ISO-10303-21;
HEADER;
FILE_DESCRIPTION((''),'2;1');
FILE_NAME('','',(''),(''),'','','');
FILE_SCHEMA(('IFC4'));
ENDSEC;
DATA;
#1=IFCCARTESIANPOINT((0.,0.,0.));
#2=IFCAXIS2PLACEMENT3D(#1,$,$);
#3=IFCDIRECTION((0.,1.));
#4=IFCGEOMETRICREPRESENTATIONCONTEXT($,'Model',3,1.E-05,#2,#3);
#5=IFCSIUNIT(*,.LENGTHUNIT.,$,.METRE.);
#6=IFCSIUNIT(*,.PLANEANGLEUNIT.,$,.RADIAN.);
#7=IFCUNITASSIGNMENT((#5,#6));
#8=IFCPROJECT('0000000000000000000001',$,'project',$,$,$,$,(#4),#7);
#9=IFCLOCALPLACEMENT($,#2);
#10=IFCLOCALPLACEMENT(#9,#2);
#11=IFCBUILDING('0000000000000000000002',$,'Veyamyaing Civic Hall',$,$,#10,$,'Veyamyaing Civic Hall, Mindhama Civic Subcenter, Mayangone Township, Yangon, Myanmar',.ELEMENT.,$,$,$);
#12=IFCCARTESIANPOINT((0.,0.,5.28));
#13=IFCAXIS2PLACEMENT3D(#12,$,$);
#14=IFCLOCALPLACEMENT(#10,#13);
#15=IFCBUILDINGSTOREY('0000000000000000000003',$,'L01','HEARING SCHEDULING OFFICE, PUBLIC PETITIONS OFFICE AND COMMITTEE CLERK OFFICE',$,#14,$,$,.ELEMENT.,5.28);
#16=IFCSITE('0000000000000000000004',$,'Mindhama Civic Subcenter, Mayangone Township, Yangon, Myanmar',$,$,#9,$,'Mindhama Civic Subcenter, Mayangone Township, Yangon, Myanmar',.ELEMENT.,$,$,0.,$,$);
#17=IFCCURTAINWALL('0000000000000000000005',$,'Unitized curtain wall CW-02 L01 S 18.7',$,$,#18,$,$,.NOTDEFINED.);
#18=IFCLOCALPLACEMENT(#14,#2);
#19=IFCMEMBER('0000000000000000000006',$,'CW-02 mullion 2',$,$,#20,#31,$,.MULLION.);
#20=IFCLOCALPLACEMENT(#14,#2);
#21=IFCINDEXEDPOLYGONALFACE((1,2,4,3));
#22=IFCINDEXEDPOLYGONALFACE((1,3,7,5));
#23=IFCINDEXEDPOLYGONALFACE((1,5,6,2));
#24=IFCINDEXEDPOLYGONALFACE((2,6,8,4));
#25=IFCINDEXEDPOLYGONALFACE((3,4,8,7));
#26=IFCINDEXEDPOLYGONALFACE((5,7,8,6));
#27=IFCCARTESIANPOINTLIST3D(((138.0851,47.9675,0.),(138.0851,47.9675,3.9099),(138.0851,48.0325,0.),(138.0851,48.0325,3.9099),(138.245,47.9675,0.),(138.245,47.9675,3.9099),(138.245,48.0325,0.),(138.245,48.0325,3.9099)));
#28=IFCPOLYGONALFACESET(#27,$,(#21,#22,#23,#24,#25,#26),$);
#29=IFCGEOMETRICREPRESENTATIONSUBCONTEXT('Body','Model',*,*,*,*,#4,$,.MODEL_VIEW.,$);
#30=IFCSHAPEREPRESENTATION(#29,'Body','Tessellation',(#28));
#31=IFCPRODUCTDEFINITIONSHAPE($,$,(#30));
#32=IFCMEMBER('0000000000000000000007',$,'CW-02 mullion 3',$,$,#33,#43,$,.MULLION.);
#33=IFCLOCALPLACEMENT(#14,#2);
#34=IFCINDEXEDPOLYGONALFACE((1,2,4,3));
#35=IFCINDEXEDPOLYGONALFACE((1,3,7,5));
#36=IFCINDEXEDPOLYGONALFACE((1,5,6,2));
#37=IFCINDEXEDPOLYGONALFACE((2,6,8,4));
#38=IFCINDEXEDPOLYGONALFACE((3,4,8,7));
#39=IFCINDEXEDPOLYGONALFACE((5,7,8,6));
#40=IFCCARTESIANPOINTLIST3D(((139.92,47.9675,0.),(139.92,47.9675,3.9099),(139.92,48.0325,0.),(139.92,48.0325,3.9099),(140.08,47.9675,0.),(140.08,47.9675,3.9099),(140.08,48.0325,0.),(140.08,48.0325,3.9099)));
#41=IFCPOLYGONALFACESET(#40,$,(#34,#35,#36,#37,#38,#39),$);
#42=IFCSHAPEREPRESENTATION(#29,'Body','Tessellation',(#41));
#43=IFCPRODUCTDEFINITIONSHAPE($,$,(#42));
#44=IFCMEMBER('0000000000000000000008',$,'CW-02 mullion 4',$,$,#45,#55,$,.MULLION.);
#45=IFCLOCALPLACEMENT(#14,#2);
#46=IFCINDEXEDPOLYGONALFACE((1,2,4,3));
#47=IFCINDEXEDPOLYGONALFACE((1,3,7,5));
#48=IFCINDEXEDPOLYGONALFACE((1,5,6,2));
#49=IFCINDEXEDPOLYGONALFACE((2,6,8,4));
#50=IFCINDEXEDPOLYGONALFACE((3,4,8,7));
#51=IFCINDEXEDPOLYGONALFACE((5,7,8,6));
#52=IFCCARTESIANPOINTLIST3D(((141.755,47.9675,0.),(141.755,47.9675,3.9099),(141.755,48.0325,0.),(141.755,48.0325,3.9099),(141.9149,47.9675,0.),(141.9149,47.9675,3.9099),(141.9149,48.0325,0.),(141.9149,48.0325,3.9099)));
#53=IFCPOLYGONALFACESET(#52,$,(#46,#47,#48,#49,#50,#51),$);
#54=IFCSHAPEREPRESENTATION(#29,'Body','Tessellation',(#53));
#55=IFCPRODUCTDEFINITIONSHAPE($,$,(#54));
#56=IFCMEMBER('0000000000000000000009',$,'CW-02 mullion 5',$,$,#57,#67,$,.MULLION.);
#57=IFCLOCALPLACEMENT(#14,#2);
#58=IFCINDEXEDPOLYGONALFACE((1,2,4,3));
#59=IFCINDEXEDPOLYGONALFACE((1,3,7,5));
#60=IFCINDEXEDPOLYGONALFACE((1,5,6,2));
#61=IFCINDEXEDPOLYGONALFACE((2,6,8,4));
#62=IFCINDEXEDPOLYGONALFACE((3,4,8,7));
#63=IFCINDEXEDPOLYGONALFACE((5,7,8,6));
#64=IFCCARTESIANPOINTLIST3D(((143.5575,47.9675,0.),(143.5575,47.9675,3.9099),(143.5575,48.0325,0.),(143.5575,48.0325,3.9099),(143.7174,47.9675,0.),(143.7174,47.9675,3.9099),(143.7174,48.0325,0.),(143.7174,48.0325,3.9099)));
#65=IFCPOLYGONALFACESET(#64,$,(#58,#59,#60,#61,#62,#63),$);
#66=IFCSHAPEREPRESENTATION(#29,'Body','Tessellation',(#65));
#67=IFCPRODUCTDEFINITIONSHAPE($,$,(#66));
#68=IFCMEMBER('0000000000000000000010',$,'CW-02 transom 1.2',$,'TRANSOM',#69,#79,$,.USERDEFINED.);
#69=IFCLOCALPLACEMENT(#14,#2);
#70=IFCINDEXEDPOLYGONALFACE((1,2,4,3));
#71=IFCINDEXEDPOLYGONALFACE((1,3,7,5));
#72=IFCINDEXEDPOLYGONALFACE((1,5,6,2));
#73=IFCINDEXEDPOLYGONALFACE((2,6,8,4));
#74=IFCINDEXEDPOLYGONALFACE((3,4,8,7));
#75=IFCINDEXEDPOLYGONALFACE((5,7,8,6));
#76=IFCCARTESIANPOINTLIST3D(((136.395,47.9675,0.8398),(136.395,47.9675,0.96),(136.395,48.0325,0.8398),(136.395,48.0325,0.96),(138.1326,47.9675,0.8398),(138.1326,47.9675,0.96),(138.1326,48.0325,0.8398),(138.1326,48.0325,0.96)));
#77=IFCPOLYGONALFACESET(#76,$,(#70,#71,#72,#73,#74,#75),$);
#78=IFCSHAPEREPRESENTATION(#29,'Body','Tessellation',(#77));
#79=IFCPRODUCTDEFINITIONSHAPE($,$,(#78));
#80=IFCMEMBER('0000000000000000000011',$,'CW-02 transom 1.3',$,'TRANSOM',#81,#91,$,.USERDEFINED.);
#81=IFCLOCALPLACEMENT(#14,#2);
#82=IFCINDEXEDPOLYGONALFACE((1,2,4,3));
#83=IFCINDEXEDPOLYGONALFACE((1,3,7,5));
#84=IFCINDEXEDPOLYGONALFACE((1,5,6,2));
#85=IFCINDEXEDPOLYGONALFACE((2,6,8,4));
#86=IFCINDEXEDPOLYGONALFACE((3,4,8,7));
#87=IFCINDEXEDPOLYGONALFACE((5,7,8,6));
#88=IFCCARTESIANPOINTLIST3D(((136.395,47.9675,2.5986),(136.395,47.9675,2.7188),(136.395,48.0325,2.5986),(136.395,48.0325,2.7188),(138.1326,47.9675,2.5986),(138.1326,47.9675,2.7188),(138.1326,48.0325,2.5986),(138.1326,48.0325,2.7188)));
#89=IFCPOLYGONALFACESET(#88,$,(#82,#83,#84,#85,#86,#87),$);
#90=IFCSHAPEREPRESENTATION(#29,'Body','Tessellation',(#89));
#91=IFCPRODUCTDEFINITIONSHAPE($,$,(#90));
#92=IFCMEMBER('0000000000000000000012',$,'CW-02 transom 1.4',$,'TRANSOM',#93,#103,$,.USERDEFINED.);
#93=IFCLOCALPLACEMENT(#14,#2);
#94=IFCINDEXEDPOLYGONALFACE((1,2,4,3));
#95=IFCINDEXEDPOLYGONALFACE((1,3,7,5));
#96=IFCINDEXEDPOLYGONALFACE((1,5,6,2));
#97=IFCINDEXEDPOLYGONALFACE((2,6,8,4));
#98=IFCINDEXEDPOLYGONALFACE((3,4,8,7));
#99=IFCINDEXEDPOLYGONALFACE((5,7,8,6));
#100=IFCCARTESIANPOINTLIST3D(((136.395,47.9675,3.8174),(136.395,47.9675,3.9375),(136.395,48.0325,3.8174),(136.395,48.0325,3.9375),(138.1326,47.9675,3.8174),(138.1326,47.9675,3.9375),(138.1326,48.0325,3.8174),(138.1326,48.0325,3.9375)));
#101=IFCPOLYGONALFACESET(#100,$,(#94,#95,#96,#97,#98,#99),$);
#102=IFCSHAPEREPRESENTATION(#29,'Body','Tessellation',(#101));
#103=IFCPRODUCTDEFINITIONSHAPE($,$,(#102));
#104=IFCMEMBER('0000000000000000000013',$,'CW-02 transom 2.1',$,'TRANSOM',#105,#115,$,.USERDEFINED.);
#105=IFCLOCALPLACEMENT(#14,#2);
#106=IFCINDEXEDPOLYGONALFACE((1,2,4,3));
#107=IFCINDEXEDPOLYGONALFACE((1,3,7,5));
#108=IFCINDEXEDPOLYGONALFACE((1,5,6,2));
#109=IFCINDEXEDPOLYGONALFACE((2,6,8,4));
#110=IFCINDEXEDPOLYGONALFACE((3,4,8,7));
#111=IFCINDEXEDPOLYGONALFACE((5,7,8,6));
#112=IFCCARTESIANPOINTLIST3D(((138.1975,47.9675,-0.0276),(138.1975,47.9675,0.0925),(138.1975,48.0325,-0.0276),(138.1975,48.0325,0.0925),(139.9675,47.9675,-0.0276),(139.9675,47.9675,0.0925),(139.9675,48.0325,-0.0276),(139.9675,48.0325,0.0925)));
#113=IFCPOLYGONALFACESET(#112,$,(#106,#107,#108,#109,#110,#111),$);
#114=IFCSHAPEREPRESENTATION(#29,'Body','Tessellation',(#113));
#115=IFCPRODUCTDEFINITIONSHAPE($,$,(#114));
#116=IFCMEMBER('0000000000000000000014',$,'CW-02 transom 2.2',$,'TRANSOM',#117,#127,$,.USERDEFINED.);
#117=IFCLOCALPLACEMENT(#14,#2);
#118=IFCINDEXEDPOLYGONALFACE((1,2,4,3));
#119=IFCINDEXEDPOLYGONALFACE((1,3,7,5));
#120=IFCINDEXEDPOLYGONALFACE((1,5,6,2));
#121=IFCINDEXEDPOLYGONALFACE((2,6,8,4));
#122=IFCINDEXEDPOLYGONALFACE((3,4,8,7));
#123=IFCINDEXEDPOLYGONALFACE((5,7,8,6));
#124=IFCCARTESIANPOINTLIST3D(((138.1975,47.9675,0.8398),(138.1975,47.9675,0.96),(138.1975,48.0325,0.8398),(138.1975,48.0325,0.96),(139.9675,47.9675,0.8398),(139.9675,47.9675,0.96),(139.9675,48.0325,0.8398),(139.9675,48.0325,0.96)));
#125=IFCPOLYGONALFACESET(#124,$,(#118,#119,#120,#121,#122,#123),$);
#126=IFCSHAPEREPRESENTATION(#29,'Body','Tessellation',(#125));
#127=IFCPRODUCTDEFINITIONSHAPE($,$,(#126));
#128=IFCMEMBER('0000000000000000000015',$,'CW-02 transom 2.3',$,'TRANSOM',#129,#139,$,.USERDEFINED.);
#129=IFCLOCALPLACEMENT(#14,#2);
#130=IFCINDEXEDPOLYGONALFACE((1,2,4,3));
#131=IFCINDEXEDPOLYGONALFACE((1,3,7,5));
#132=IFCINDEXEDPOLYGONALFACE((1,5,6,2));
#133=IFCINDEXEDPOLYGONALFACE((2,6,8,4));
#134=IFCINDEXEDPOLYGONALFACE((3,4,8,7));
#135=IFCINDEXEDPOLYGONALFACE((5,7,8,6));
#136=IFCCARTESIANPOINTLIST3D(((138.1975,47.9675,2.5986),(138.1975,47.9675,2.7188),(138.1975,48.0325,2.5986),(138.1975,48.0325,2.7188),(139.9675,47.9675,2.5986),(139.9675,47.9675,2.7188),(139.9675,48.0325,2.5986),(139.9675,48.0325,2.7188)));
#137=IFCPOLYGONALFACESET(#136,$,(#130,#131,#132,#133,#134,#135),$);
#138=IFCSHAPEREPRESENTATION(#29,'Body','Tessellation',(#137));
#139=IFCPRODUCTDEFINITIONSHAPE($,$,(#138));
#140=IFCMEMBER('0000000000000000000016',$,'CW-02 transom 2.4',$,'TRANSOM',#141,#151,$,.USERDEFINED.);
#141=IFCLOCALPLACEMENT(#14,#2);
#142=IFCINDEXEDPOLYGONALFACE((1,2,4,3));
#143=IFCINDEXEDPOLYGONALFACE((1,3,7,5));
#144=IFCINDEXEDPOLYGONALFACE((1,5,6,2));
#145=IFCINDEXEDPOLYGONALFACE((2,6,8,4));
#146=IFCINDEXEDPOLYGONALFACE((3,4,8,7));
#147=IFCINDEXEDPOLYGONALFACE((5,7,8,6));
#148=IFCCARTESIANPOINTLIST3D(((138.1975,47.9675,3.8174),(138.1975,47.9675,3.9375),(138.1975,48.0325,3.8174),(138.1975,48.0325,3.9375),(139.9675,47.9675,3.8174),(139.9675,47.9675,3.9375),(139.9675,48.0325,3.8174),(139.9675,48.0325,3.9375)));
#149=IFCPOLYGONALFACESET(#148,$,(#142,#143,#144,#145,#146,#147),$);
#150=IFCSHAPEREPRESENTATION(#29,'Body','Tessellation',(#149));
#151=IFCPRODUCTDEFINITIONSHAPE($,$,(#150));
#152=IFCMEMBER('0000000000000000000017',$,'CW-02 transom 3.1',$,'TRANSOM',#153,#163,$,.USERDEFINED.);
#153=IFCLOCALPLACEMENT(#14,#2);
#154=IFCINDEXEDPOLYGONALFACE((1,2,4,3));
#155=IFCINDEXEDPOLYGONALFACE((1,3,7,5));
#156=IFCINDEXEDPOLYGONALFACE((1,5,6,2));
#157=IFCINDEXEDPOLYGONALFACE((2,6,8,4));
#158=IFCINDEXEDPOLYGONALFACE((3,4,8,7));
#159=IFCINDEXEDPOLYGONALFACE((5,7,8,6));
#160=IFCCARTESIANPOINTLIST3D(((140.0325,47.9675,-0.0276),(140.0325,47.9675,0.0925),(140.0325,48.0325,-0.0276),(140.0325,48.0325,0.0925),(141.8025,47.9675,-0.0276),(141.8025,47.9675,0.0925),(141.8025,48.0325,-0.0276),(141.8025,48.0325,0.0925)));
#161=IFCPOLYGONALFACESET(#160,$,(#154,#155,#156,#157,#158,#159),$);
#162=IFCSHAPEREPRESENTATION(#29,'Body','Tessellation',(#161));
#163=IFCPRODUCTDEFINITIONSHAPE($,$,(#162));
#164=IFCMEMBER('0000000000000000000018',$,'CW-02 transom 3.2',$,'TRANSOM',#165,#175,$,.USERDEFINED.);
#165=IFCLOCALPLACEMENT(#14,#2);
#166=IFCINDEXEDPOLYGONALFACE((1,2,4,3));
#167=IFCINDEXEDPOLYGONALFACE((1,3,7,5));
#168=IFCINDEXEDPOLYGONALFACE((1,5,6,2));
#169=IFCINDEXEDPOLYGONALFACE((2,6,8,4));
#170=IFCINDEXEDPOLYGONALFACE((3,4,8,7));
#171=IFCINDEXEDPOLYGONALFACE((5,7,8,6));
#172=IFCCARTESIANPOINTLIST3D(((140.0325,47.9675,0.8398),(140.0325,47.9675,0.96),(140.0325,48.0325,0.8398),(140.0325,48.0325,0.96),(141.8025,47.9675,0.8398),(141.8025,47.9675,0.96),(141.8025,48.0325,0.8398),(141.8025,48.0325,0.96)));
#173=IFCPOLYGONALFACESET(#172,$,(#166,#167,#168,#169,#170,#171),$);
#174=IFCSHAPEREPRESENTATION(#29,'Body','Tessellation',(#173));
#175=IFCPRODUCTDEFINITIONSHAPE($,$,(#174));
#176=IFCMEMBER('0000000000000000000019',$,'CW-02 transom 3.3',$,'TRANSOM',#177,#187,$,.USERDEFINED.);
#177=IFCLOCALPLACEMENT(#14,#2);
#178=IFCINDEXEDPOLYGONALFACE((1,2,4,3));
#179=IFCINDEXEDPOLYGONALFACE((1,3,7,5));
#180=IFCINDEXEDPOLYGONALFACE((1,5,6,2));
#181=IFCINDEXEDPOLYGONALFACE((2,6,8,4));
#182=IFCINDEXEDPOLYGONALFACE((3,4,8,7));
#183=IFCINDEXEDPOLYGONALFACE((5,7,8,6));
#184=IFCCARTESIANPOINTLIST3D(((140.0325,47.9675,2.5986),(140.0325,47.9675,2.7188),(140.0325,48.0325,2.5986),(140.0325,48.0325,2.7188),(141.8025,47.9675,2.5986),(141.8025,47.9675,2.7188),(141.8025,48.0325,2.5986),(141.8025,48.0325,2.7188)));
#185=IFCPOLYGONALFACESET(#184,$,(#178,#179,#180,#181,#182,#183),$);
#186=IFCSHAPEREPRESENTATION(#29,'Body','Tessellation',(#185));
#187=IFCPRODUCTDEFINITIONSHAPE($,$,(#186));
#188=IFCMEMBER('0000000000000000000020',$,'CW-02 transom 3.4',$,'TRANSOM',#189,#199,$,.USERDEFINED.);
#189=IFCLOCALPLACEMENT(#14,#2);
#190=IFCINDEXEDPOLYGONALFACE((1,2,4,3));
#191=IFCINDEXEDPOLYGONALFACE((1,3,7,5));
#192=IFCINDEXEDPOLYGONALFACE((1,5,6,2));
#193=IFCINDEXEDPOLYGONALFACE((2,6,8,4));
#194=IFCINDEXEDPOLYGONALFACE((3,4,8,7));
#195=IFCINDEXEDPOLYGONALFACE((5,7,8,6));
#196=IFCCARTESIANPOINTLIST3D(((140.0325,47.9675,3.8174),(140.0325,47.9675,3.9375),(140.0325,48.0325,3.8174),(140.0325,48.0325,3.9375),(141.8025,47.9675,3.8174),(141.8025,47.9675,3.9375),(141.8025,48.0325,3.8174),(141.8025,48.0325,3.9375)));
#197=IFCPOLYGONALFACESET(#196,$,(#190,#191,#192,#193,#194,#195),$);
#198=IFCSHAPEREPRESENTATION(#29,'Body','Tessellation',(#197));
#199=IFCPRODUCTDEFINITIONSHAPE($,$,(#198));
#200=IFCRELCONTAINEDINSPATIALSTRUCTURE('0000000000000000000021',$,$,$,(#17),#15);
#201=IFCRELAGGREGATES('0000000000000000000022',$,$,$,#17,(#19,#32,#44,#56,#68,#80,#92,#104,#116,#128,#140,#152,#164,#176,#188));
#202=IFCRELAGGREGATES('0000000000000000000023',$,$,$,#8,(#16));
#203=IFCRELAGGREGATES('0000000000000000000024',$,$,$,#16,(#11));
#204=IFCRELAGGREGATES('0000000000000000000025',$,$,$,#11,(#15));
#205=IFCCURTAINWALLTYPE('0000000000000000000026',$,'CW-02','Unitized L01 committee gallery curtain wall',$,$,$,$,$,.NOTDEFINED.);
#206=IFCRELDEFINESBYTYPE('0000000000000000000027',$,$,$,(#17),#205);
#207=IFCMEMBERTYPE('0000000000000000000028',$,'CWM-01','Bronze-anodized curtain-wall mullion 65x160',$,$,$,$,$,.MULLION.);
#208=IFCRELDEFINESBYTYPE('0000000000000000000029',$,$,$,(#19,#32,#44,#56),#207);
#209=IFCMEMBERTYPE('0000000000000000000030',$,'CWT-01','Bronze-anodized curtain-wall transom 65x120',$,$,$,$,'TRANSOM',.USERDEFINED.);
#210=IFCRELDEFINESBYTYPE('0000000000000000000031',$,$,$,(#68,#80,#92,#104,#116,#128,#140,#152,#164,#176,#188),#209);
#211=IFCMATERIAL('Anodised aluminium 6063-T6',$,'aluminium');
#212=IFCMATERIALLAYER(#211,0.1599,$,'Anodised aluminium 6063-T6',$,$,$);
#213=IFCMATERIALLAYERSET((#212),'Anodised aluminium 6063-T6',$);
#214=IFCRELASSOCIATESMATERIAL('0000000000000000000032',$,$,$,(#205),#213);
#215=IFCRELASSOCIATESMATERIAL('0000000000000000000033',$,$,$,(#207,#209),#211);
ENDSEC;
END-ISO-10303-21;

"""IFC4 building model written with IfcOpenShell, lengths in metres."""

from ifc_helpers import new_model, si_unit, direction, frame, origin, origin_2d, place, context, subcontext, project, spatial, rectangle, extrude, material, layer, layer_set, material_profile, profile_set, type_object, element, aggregate, save


model = new_model("IFC4")

# Units and contexts
model_context = context("Model", 3, precision=1e-05, world=origin(), true_north=direction((0.0, 1.0)))
body_context = subcontext(model_context, "Body", "Model", "MODEL_VIEW")
ifc_project = project(units=[si_unit("LENGTHUNIT", "METRE"), si_unit("PLANEANGLEUNIT", "RADIAN")], contexts=[model_context])

# Site, building, storey
site_placement = place(None, origin())
site = spatial("IfcSite", under=ifc_project, at=site_placement, Name="Mindhama Civic Subcenter, Mayangone Township, Yangon, Myanmar", LongName="Mindhama Civic Subcenter, Mayangone Township, Yangon, Myanmar", CompositionType="ELEMENT", RefElevation=0.0)
building_placement = place(site_placement, origin())
building = spatial("IfcBuilding", under=site, at=building_placement, Name="Veyamyaing Civic Hall", LongName="Veyamyaing Civic Hall, Mindhama Civic Subcenter, Mayangone Township, Yangon, Myanmar", CompositionType="ELEMENT")
storey_placement = place(building_placement, frame((0.0, 0.0, 5.28)))
storey = spatial("IfcBuildingStorey", under=building, at=storey_placement, Name="L01", Description="HEARING SCHEDULING OFFICE, PUBLIC PETITIONS OFFICE AND COMMITTEE CLERK OFFICE", CompositionType="ELEMENT", Elevation=5.28)

# Curtain wall, members
ifc_material_1 = material(Name="Anodised aluminium 6063-T6", Category="aluminium")
ifc_layer_1 = layer(ifc_material_1, 0.1599, Name="Anodised aluminium 6063-T6")
ifc_layer_set_1 = layer_set([ifc_layer_1], Name="Anodised aluminium 6063-T6")
curtain_wall_type = type_object("IfcCurtainWallType", Name="CW-02", Description="Unitized L01 committee gallery curtain wall", PredefinedType="NOTDEFINED", material=ifc_layer_set_1)
curtain_wall_placement = place(storey_placement, origin())
curtain_wall = element("IfcCurtainWall", 1, at=curtain_wall_placement, inside=storey, type_object=curtain_wall_type, Name="Unitized curtain wall CW-02 L01 S 18.7", PredefinedType="NOTDEFINED")
ifc_material_profile_1 = material_profile(ifc_material_1, rectangle(XDim=0.0649, YDim=0.1599, at=origin_2d()), Name="ALU-MUL-65X160")
ifc_profile_set_1 = profile_set([ifc_material_profile_1], Name="Anodised aluminium 6063-T6")
member_type_1 = type_object("IfcMemberType", Name="CWM-01", Description="Bronze-anodized curtain-wall mullion 65x160", PredefinedType="MULLION", material=ifc_profile_set_1)
member_1_placement = place(storey_placement, frame((138.165, 48.0, 0.0), z_axis=(0.0, 0.0, 1.0), x_axis=(0.0, 1.0, 0.0)))
member_1 = element("IfcMember", 2, at=member_1_placement, type_object=member_type_1, Name="CW-02 mullion 2", PredefinedType="MULLION", context=body_context, shape_type="SweptSolid", body=[
    extrude(rectangle(XDim=0.0649, YDim=0.1599, at=origin_2d()), origin(), (0.0, 0.0, 1.0), 3.9099),
])
member_2_placement = place(storey_placement, frame((140.0, 48.0, 0.0), z_axis=(0.0, 0.0, 1.0), x_axis=(0.0, 1.0, 0.0)))
member_2 = element("IfcMember", 3, at=member_2_placement, type_object=member_type_1, Name="CW-02 mullion 3", PredefinedType="MULLION", context=body_context, shape_type="SweptSolid", body=[
    extrude(rectangle(XDim=0.0649, YDim=0.1599, at=origin_2d()), origin(), (0.0, 0.0, 1.0), 3.9099),
])
member_3_placement = place(storey_placement, frame((141.835, 48.0, 0.0), z_axis=(0.0, 0.0, 1.0), x_axis=(0.0, 1.0, 0.0)))
member_3 = element("IfcMember", 4, at=member_3_placement, type_object=member_type_1, Name="CW-02 mullion 4", PredefinedType="MULLION", context=body_context, shape_type="SweptSolid", body=[
    extrude(rectangle(XDim=0.0649, YDim=0.1599, at=origin_2d()), origin(), (0.0, 0.0, 1.0), 3.9099),
])
member_4_placement = place(storey_placement, frame((143.6375, 48.0, 0.0), z_axis=(0.0, 0.0, 1.0), x_axis=(0.0, 1.0, 0.0)))
member_4 = element("IfcMember", 5, at=member_4_placement, type_object=member_type_1, Name="CW-02 mullion 5", PredefinedType="MULLION", context=body_context, shape_type="SweptSolid", body=[
    extrude(rectangle(XDim=0.0649, YDim=0.1599, at=origin_2d()), origin(), (0.0, 0.0, 1.0), 3.9099),
])
ifc_material_profile_2 = material_profile(ifc_material_1, rectangle(XDim=0.0649, YDim=0.1201, at=origin_2d()), Name="ALU-TRN-65X120")
ifc_profile_set_2 = profile_set([ifc_material_profile_2], Name="Anodised aluminium 6063-T6")
member_type_2 = type_object("IfcMemberType", Name="CWT-01", Description="Bronze-anodized curtain-wall transom 65x120", ElementType="TRANSOM", PredefinedType="USERDEFINED", material=ifc_profile_set_2)
member_5_placement = place(storey_placement, frame((136.395, 48.0, 0.8999), z_axis=(1.0, 0.0, 0.0), x_axis=(0.0, 1.0, 0.0)))
member_5 = element("IfcMember", 6, at=member_5_placement, type_object=member_type_2, Name="CW-02 transom 1.2", ObjectType="TRANSOM", PredefinedType="USERDEFINED", context=body_context, shape_type="SweptSolid", body=[
    extrude(rectangle(XDim=0.0649, YDim=0.1201, at=origin_2d()), origin(), (0.0, 0.0, 1.0), 1.7375),
])
member_6_placement = place(storey_placement, frame((136.395, 48.0, 2.6587), z_axis=(1.0, 0.0, 0.0), x_axis=(0.0, 1.0, 0.0)))
member_6 = element("IfcMember", 7, at=member_6_placement, type_object=member_type_2, Name="CW-02 transom 1.3", ObjectType="TRANSOM", PredefinedType="USERDEFINED", context=body_context, shape_type="SweptSolid", body=[
    extrude(rectangle(XDim=0.0649, YDim=0.1201, at=origin_2d()), origin(), (0.0, 0.0, 1.0), 1.7375),
])
member_7_placement = place(storey_placement, frame((136.395, 48.0, 3.8774), z_axis=(1.0, 0.0, 0.0), x_axis=(0.0, 1.0, 0.0)))
member_7 = element("IfcMember", 8, at=member_7_placement, type_object=member_type_2, Name="CW-02 transom 1.4", ObjectType="TRANSOM", PredefinedType="USERDEFINED", context=body_context, shape_type="SweptSolid", body=[
    extrude(rectangle(XDim=0.0649, YDim=0.1201, at=origin_2d()), origin(), (0.0, 0.0, 1.0), 1.7375),
])
member_8_placement = place(storey_placement, frame((138.1975, 48.0, 0.0325), z_axis=(1.0, 0.0, 0.0), x_axis=(0.0, 1.0, 0.0)))
member_8 = element("IfcMember", 9, at=member_8_placement, type_object=member_type_2, Name="CW-02 transom 2.1", ObjectType="TRANSOM", PredefinedType="USERDEFINED", context=body_context, shape_type="SweptSolid", body=[
    extrude(rectangle(XDim=0.0649, YDim=0.1201, at=origin_2d()), origin(), (0.0, 0.0, 1.0), 1.77),
])
member_9_placement = place(storey_placement, frame((138.1975, 48.0, 0.8999), z_axis=(1.0, 0.0, 0.0), x_axis=(0.0, 1.0, 0.0)))
member_9 = element("IfcMember", 10, at=member_9_placement, type_object=member_type_2, Name="CW-02 transom 2.2", ObjectType="TRANSOM", PredefinedType="USERDEFINED", context=body_context, shape_type="SweptSolid", body=[
    extrude(rectangle(XDim=0.0649, YDim=0.1201, at=origin_2d()), origin(), (0.0, 0.0, 1.0), 1.77),
])
member_10_placement = place(storey_placement, frame((138.1975, 48.0, 2.6587), z_axis=(1.0, 0.0, 0.0), x_axis=(0.0, 1.0, 0.0)))
member_10 = element("IfcMember", 11, at=member_10_placement, type_object=member_type_2, Name="CW-02 transom 2.3", ObjectType="TRANSOM", PredefinedType="USERDEFINED", context=body_context, shape_type="SweptSolid", body=[
    extrude(rectangle(XDim=0.0649, YDim=0.1201, at=origin_2d()), origin(), (0.0, 0.0, 1.0), 1.77),
])
member_11_placement = place(storey_placement, frame((138.1975, 48.0, 3.8774), z_axis=(1.0, 0.0, 0.0), x_axis=(0.0, 1.0, 0.0)))
member_11 = element("IfcMember", 12, at=member_11_placement, type_object=member_type_2, Name="CW-02 transom 2.4", ObjectType="TRANSOM", PredefinedType="USERDEFINED", context=body_context, shape_type="SweptSolid", body=[
    extrude(rectangle(XDim=0.0649, YDim=0.1201, at=origin_2d()), origin(), (0.0, 0.0, 1.0), 1.77),
])
member_12_placement = place(storey_placement, frame((140.0325, 48.0, 0.0325), z_axis=(1.0, 0.0, 0.0), x_axis=(0.0, 1.0, 0.0)))
member_12 = element("IfcMember", 13, at=member_12_placement, type_object=member_type_2, Name="CW-02 transom 3.1", ObjectType="TRANSOM", PredefinedType="USERDEFINED", context=body_context, shape_type="SweptSolid", body=[
    extrude(rectangle(XDim=0.0649, YDim=0.1201, at=origin_2d()), origin(), (0.0, 0.0, 1.0), 1.77),
])
member_13_placement = place(storey_placement, frame((140.0325, 48.0, 0.8999), z_axis=(1.0, 0.0, 0.0), x_axis=(0.0, 1.0, 0.0)))
member_13 = element("IfcMember", 14, at=member_13_placement, type_object=member_type_2, Name="CW-02 transom 3.2", ObjectType="TRANSOM", PredefinedType="USERDEFINED", context=body_context, shape_type="SweptSolid", body=[
    extrude(rectangle(XDim=0.0649, YDim=0.1201, at=origin_2d()), origin(), (0.0, 0.0, 1.0), 1.77),
])
member_14_placement = place(storey_placement, frame((140.0325, 48.0, 2.6587), z_axis=(1.0, 0.0, 0.0), x_axis=(0.0, 1.0, 0.0)))
member_14 = element("IfcMember", 15, at=member_14_placement, type_object=member_type_2, Name="CW-02 transom 3.3", ObjectType="TRANSOM", PredefinedType="USERDEFINED", context=body_context, shape_type="SweptSolid", body=[
    extrude(rectangle(XDim=0.0649, YDim=0.1201, at=origin_2d()), origin(), (0.0, 0.0, 1.0), 1.77),
])
member_15_placement = place(storey_placement, frame((140.0325, 48.0, 3.8774), z_axis=(1.0, 0.0, 0.0), x_axis=(0.0, 1.0, 0.0)))
member_15 = element("IfcMember", 16, at=member_15_placement, type_object=member_type_2, Name="CW-02 transom 3.4", ObjectType="TRANSOM", PredefinedType="USERDEFINED", context=body_context, shape_type="SweptSolid", body=[
    extrude(rectangle(XDim=0.0649, YDim=0.1201, at=origin_2d()), origin(), (0.0, 0.0, 1.0), 1.77),
])
aggregate(curtain_wall, [member_1, member_2, member_3, member_4, member_5, member_6, member_7, member_8, member_9, member_10, member_11, member_12, member_13, member_14, member_15])

save(model, "model.ifc")
